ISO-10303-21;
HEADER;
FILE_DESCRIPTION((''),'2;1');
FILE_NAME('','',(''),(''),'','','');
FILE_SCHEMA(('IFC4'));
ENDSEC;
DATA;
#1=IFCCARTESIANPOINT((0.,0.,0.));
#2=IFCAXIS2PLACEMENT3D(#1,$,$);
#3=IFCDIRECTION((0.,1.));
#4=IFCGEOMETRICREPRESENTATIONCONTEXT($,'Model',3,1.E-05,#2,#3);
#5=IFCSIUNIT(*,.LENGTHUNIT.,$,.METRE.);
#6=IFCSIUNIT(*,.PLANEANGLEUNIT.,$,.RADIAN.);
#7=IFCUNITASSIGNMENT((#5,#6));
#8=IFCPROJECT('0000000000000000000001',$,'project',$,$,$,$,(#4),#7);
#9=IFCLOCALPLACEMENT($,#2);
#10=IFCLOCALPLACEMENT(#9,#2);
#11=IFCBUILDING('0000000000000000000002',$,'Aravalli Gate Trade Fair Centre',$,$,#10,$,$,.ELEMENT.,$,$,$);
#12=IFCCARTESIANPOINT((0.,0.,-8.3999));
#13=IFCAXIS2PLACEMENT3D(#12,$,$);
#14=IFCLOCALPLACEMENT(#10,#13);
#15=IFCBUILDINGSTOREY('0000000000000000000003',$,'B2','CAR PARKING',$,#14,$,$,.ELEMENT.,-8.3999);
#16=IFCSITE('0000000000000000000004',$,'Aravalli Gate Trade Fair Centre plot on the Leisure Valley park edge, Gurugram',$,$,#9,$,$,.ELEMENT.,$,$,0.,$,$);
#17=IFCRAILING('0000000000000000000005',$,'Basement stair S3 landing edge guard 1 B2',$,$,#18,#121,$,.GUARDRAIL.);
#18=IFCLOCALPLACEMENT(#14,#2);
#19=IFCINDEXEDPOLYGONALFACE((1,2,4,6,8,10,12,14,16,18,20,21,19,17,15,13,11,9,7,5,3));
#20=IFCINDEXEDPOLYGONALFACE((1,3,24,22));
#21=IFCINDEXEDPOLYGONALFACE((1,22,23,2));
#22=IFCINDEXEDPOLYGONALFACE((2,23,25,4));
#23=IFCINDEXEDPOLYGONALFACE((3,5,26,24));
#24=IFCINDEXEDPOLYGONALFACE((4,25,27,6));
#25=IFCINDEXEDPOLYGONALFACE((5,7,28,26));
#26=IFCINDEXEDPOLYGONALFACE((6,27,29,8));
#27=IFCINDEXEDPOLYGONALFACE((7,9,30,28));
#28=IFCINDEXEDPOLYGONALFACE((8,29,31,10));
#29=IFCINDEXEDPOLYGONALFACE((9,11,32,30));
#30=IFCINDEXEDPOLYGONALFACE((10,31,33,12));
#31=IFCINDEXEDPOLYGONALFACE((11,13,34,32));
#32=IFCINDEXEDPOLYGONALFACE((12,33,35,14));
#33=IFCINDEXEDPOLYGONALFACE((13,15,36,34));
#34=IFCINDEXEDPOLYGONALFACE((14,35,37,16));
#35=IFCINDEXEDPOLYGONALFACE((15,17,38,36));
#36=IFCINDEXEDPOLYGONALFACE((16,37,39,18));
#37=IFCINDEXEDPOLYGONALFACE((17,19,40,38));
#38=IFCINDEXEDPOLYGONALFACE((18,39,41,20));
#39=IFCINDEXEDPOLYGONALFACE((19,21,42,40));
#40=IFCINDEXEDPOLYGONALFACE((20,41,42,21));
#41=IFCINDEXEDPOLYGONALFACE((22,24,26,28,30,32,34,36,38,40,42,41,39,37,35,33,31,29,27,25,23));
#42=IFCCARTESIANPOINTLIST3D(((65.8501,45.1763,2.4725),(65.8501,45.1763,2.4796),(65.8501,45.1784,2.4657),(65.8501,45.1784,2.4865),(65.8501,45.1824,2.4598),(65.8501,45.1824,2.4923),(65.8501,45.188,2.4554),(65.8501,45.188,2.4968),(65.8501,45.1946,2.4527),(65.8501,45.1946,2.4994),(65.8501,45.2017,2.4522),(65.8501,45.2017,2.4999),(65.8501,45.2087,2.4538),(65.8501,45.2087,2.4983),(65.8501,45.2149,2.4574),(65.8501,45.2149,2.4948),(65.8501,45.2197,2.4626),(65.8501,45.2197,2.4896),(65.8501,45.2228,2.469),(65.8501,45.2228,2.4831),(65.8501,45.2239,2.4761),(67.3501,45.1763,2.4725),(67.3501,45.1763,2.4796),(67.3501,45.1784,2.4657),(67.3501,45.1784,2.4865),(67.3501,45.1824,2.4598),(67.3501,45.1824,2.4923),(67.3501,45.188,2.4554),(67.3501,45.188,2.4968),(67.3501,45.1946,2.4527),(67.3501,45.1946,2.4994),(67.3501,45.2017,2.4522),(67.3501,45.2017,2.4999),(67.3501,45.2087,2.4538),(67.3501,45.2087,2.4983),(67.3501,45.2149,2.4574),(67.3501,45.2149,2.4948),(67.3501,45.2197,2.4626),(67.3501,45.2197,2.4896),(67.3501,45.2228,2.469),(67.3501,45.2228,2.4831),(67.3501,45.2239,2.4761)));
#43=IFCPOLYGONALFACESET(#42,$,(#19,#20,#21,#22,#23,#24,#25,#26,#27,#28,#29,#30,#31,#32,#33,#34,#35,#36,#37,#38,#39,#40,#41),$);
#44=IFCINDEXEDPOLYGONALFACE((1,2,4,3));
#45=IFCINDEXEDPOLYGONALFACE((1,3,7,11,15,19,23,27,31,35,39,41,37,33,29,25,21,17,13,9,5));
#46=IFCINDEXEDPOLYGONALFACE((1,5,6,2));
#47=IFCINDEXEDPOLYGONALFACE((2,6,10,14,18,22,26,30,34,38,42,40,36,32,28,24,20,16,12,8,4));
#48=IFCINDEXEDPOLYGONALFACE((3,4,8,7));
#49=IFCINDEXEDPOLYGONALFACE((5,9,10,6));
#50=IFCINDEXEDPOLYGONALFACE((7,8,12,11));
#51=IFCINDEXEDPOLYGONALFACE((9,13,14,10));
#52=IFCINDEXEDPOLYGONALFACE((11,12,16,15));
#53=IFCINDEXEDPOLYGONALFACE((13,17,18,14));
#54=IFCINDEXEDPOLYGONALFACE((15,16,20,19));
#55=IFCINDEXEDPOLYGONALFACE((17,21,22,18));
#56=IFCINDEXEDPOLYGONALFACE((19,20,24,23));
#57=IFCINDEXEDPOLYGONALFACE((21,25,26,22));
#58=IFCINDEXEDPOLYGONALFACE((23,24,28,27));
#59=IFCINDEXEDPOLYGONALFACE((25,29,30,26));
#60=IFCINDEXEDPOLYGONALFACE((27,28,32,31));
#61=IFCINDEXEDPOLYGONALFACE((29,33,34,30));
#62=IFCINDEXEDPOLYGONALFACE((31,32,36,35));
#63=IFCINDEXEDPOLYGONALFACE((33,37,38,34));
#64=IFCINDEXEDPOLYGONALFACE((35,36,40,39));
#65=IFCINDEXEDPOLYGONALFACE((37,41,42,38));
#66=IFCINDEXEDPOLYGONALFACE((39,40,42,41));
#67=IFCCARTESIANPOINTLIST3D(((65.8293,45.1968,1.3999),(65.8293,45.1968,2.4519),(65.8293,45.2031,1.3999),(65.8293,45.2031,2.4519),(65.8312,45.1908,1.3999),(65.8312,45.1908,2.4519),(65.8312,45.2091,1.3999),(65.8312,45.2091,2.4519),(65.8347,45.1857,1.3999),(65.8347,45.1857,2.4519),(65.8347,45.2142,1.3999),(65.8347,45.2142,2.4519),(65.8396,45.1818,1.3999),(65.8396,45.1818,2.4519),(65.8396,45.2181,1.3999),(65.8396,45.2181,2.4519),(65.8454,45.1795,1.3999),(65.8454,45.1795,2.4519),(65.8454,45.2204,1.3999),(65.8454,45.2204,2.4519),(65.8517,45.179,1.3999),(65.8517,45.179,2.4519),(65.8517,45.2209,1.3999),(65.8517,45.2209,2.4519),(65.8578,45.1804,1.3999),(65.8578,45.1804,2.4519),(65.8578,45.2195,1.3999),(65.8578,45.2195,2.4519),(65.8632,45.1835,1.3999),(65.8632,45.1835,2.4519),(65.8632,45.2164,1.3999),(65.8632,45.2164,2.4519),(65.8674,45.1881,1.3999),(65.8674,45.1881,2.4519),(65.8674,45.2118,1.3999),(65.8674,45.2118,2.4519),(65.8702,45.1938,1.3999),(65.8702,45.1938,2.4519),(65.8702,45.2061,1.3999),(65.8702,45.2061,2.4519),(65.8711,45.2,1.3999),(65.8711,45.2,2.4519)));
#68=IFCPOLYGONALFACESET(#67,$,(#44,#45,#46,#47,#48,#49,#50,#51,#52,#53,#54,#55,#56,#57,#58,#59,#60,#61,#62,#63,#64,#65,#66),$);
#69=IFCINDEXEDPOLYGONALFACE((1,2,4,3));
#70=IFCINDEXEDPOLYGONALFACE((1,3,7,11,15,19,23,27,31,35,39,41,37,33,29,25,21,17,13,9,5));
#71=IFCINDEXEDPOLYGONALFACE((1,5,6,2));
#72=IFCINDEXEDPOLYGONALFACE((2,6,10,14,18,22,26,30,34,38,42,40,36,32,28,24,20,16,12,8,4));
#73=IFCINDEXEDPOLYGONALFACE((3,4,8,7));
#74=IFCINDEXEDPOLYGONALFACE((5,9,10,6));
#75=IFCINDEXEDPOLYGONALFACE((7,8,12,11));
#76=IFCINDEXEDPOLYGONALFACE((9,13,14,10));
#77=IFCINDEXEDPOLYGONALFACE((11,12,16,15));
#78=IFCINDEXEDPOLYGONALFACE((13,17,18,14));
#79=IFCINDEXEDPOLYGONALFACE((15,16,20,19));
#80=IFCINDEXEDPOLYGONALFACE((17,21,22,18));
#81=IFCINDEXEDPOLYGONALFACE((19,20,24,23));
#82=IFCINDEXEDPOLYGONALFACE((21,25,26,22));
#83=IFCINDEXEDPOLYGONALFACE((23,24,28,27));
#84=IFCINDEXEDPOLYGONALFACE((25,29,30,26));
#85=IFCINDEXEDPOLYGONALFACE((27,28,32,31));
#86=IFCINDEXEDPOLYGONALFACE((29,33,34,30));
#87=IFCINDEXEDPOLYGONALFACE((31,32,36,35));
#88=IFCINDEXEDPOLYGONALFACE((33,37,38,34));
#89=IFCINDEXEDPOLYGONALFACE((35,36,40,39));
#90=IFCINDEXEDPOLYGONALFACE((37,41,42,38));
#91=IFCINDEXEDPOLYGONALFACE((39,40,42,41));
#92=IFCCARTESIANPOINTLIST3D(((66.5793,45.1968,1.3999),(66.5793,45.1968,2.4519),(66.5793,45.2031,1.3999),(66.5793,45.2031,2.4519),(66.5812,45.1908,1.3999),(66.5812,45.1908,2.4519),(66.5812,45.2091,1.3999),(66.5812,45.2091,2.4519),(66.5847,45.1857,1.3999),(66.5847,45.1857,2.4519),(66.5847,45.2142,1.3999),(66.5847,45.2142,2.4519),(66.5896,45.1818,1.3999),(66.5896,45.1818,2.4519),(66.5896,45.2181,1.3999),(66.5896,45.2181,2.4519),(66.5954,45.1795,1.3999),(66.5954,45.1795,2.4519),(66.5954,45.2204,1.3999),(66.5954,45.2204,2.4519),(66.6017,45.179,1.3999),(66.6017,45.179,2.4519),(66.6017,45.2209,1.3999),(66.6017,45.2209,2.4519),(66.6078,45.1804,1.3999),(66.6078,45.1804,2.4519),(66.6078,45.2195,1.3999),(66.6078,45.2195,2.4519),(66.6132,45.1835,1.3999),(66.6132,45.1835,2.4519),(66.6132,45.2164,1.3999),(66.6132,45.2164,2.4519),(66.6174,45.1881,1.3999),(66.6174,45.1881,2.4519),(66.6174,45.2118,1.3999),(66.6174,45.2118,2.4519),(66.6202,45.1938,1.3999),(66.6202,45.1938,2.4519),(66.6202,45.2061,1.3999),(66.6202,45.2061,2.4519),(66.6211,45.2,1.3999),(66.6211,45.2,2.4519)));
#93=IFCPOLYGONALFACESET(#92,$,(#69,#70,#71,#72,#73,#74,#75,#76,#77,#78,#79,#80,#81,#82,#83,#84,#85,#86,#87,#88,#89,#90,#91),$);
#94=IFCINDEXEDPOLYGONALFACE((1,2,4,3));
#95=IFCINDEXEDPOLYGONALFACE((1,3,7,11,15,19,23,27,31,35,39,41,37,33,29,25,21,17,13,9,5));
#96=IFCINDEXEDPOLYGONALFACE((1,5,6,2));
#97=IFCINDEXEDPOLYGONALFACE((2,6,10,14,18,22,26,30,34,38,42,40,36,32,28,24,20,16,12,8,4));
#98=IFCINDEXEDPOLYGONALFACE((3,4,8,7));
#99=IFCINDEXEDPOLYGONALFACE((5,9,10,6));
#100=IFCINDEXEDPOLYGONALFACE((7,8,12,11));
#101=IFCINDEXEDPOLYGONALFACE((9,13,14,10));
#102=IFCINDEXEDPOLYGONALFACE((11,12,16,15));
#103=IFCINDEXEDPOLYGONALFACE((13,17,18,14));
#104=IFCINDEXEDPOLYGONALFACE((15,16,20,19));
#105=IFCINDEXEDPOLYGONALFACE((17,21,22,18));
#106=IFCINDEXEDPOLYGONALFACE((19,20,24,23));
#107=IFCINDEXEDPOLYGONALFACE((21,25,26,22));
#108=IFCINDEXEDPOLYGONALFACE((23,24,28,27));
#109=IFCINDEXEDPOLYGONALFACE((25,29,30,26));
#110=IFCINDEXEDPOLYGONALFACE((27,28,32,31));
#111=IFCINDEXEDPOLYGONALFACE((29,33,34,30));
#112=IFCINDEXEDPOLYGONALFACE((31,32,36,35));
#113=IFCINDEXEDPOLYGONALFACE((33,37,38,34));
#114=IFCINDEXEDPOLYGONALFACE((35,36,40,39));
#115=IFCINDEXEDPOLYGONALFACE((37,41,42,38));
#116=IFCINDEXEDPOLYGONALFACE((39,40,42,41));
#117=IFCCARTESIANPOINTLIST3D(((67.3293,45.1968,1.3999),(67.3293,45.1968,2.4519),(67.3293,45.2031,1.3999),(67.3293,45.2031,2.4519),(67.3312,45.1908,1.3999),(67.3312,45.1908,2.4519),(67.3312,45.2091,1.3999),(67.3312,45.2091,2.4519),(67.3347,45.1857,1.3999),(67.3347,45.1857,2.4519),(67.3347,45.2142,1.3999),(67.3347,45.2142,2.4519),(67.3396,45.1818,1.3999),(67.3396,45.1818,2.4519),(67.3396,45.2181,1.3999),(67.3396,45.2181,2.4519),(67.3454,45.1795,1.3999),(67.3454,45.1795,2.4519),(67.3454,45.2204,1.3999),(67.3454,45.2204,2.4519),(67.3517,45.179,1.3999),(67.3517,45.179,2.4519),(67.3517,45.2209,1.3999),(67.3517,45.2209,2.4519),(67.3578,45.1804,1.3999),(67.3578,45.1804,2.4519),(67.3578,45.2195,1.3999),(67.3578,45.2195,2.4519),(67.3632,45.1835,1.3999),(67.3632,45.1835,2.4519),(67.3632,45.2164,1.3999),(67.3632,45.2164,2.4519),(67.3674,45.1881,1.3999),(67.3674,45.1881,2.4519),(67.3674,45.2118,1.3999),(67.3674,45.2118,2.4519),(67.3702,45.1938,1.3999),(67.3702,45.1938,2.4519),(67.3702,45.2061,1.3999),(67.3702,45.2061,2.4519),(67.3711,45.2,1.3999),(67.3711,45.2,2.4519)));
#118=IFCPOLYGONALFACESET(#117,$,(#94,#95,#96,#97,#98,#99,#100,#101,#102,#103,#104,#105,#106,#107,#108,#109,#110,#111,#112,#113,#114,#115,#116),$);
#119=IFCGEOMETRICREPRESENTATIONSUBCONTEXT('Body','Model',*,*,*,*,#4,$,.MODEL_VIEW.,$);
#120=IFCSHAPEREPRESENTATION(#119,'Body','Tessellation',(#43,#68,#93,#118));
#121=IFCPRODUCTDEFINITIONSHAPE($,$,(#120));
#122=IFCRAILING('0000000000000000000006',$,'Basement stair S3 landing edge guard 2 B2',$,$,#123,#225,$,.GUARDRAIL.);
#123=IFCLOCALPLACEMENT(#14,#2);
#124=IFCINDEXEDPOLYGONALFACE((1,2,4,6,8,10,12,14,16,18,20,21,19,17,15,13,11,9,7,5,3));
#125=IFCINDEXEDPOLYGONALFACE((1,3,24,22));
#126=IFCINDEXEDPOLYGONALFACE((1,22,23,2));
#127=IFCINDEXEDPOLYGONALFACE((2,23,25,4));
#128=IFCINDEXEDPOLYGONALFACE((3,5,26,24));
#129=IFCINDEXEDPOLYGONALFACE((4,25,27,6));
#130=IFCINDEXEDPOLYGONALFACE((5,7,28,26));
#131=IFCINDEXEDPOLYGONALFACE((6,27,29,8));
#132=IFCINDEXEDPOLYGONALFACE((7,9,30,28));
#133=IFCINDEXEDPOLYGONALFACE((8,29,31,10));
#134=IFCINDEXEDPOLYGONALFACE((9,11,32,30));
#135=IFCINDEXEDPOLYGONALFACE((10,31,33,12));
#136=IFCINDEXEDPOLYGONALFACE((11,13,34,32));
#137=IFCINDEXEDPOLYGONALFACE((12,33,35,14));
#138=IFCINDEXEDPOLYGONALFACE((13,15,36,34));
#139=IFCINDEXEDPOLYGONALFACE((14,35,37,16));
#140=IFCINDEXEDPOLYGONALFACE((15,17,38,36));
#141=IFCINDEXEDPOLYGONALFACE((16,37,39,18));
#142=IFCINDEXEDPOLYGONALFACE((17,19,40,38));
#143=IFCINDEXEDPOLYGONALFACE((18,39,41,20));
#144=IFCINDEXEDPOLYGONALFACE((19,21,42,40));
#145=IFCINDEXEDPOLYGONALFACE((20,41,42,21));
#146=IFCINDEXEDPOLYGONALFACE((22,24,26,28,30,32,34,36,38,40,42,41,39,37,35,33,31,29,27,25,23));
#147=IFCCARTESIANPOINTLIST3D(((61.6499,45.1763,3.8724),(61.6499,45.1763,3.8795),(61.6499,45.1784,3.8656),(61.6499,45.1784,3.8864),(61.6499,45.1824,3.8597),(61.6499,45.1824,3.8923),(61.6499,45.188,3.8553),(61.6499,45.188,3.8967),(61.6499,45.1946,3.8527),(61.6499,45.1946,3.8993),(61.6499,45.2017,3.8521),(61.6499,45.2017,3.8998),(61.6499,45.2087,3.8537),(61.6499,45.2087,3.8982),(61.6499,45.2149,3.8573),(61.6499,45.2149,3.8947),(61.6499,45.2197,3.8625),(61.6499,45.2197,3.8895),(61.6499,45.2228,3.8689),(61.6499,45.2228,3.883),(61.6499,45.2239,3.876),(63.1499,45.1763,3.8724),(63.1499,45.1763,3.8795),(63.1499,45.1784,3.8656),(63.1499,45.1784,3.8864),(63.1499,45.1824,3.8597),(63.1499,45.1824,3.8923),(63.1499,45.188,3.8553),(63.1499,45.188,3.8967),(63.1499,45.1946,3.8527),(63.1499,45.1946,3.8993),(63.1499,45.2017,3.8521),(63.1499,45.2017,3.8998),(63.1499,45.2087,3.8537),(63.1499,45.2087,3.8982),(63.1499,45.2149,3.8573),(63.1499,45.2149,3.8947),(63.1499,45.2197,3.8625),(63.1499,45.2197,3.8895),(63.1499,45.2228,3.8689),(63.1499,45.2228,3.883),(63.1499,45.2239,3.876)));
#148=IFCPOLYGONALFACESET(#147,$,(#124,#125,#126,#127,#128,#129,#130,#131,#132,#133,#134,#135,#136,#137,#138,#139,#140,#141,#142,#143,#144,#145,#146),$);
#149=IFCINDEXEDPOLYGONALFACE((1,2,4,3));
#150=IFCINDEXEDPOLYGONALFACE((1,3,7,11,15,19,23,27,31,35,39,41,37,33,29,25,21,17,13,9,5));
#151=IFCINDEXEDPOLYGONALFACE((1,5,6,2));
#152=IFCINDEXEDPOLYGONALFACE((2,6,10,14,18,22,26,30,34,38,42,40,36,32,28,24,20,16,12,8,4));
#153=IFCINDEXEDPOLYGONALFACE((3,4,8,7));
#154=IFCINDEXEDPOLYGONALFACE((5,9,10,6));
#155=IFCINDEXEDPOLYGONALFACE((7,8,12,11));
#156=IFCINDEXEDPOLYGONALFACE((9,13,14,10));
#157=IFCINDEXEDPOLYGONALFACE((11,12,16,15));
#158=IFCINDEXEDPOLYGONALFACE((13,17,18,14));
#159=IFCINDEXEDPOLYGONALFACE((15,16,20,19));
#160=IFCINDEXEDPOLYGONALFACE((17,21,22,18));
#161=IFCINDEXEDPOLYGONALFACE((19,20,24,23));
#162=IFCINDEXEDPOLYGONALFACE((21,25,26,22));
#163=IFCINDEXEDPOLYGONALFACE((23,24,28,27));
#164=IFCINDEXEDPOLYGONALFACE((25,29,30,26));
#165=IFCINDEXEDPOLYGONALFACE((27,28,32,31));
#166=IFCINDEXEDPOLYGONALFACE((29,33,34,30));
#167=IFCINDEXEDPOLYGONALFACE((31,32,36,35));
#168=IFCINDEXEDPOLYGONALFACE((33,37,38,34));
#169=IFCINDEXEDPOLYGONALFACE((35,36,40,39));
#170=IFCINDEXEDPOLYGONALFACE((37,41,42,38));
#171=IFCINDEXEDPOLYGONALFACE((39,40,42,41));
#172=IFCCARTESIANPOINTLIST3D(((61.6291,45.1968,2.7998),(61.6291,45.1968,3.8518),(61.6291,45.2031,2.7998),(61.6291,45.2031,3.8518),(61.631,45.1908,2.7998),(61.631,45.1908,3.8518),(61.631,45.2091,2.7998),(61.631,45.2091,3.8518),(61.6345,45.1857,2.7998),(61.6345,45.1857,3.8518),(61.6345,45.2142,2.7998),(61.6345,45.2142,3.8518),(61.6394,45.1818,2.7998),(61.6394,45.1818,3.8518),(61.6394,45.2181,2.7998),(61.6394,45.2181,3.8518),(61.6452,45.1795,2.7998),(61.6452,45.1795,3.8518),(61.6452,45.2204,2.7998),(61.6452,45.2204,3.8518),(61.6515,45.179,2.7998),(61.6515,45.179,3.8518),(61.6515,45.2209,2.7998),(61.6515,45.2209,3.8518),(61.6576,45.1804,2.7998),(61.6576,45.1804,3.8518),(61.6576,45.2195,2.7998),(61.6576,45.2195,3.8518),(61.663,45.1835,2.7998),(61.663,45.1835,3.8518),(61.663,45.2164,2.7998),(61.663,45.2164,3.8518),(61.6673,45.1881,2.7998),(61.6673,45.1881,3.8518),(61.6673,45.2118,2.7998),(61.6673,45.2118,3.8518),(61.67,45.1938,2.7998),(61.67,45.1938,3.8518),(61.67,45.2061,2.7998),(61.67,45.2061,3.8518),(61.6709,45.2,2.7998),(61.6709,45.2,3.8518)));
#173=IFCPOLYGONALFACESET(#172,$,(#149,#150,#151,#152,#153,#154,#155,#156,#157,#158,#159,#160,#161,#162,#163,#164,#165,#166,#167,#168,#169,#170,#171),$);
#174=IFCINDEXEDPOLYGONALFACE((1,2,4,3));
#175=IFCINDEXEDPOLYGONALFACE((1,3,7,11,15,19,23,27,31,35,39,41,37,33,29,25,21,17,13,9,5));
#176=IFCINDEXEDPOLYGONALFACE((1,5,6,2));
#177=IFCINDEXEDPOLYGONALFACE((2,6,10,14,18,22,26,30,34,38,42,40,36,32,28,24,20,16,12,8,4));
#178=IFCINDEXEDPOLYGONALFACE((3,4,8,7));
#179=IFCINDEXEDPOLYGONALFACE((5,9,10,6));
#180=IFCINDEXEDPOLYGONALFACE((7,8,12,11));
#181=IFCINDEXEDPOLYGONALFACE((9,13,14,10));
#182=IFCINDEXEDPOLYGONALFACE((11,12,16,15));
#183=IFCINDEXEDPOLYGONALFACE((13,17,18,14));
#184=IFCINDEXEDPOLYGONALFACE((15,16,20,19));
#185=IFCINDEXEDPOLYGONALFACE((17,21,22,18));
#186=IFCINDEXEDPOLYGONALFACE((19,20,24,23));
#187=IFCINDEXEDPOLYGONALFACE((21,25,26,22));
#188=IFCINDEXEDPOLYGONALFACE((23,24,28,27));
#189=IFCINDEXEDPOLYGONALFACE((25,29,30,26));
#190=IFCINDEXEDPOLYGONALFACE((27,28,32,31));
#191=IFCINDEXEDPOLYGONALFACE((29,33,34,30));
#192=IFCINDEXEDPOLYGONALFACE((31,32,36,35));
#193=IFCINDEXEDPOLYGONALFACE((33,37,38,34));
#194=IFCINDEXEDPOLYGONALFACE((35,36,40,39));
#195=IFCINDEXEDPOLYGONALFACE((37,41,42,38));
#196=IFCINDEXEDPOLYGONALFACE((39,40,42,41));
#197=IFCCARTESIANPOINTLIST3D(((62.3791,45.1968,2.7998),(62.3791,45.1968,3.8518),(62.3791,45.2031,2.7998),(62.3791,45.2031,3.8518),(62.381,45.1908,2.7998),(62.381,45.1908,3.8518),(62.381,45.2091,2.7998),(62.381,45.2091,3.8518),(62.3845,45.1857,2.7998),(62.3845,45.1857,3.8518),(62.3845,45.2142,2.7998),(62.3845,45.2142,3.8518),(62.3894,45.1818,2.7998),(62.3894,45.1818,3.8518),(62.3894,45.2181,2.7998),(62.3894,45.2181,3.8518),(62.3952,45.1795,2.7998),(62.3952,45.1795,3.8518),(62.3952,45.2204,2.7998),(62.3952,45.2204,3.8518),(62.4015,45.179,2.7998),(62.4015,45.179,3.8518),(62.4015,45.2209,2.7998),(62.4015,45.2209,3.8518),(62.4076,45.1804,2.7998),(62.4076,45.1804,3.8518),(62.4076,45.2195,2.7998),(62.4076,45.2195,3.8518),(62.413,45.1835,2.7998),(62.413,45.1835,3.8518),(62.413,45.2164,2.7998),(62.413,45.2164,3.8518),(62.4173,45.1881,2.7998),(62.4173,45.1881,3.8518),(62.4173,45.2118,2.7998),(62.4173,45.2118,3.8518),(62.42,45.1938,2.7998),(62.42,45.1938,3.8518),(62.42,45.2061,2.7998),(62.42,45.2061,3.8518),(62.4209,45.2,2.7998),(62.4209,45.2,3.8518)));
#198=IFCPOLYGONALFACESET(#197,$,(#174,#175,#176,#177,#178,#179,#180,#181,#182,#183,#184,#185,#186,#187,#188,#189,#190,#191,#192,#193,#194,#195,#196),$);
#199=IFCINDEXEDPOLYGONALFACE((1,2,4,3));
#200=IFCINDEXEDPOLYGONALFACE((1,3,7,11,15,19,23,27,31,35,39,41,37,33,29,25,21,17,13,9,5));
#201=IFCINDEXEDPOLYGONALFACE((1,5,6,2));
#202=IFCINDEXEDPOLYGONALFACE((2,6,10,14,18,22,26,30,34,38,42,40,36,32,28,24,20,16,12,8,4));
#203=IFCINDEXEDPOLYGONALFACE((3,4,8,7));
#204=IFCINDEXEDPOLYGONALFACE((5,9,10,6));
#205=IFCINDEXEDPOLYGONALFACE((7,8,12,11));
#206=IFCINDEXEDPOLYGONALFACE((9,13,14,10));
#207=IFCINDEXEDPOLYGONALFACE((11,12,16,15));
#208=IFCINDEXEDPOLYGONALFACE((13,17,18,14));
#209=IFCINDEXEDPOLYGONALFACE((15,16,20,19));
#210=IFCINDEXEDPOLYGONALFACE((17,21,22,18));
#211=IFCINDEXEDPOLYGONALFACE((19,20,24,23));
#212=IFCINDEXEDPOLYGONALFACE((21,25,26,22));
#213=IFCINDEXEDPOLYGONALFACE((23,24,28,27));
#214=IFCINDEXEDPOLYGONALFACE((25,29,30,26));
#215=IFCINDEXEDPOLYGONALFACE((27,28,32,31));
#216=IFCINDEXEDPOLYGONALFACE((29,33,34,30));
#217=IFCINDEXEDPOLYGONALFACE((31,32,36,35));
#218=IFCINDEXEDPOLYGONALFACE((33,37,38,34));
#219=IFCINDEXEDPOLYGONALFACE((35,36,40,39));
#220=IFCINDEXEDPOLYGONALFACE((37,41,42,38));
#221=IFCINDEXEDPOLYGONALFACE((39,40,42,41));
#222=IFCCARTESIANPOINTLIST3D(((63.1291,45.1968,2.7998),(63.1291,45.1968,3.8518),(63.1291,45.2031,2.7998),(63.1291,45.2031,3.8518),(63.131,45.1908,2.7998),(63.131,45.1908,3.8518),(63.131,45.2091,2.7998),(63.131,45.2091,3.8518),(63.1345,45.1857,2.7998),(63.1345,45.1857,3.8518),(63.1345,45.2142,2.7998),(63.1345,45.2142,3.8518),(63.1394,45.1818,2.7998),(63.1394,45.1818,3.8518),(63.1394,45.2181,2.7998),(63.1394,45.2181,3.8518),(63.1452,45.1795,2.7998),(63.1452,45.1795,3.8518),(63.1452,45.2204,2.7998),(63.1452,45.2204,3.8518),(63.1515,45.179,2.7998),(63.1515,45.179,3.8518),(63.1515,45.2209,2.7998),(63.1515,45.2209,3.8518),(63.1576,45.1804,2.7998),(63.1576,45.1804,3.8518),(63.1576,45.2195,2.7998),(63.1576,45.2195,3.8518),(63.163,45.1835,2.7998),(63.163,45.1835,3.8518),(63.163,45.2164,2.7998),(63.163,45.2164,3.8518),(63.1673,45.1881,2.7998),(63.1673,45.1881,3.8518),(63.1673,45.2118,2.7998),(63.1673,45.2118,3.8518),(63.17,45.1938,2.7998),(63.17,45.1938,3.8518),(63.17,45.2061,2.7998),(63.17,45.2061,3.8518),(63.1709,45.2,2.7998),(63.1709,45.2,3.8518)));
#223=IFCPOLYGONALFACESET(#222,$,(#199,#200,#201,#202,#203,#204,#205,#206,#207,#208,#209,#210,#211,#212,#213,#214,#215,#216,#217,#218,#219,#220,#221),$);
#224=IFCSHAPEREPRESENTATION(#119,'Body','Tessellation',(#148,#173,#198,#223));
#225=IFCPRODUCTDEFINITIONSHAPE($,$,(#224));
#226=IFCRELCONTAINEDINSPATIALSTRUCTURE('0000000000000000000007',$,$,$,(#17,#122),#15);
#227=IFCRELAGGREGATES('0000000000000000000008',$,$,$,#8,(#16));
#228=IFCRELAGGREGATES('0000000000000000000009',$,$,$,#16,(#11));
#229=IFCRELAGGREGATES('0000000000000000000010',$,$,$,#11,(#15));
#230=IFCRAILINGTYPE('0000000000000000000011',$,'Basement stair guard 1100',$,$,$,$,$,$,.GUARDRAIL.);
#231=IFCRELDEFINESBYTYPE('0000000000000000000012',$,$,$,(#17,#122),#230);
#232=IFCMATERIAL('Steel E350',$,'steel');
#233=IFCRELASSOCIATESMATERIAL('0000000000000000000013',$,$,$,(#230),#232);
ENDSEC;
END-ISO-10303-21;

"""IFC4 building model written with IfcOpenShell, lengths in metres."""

from ifc_helpers import new_model, si_unit, direction, frame, origin, origin_2d, place, context, subcontext, project, spatial, circle, extrude, material, type_object, element, save


model = new_model("IFC4")

# Units and contexts
model_context = context("Model", 3, precision=1e-05, world=origin(), true_north=direction((0.0, 1.0)))
body_context = subcontext(model_context, "Body", "Model", "MODEL_VIEW")
ifc_project = project(units=[si_unit("LENGTHUNIT", "METRE"), si_unit("PLANEANGLEUNIT", "RADIAN")], contexts=[model_context])

# Site, building, storey
site_placement = place(None, origin())
site = spatial("IfcSite", under=ifc_project, at=site_placement, Name="Aravalli Gate Trade Fair Centre plot on the Leisure Valley park edge, Gurugram", CompositionType="ELEMENT", RefElevation=0.0)
building_placement = place(site_placement, origin())
building = spatial("IfcBuilding", under=site, at=building_placement, Name="Aravalli Gate Trade Fair Centre", CompositionType="ELEMENT")
storey_placement = place(building_placement, frame((0.0, 0.0, -8.3999)))
storey = spatial("IfcBuildingStorey", under=building, at=storey_placement, Name="B2", Description="CAR PARKING", CompositionType="ELEMENT", Elevation=-8.3999)

# Railings
ifc_material_1 = material(Name="Steel E350", Category="steel")
railing_type_1 = type_object("IfcRailingType", Name="Basement stair guard 1100", PredefinedType="GUARDRAIL", material=ifc_material_1)
for number, where, name in (
    (1, (65.8501, 45.2, 1.3999), "Basement stair S3 landing edge guard 1 B2"),
    (2, (61.6499, 45.2, 2.7998), "Basement stair S3 landing edge guard 2 B2"),
):
    element("IfcRailing", number, at=place(storey_placement, frame(where)), inside=storey, type_object=railing_type_1, Name=name, PredefinedType="GUARDRAIL", context=body_context, shape_type="SweptSolid", body=[
        extrude(circle(Radius=0.0239, at=origin_2d()), frame((0.0, 0.0, 1.0762), z_axis=(1.0, 0.0, 0.0), x_axis=(0.0, 1.0, 0.0)), (0.0, 0.0, 1.0), 1.5),
        extrude(circle(Radius=0.021, at=origin_2d()), origin(), (0.0, 0.0, 1.0), 1.052),
        extrude(circle(Radius=0.021, at=origin_2d()), frame((0.75, 0.0, 0.0)), (0.0, 0.0, 1.0), 1.052),
        extrude(circle(Radius=0.021, at=origin_2d()), frame((1.5, 0.0, 0.0)), (0.0, 0.0, 1.0), 1.052),
    ])

save(model, "model.ifc")
